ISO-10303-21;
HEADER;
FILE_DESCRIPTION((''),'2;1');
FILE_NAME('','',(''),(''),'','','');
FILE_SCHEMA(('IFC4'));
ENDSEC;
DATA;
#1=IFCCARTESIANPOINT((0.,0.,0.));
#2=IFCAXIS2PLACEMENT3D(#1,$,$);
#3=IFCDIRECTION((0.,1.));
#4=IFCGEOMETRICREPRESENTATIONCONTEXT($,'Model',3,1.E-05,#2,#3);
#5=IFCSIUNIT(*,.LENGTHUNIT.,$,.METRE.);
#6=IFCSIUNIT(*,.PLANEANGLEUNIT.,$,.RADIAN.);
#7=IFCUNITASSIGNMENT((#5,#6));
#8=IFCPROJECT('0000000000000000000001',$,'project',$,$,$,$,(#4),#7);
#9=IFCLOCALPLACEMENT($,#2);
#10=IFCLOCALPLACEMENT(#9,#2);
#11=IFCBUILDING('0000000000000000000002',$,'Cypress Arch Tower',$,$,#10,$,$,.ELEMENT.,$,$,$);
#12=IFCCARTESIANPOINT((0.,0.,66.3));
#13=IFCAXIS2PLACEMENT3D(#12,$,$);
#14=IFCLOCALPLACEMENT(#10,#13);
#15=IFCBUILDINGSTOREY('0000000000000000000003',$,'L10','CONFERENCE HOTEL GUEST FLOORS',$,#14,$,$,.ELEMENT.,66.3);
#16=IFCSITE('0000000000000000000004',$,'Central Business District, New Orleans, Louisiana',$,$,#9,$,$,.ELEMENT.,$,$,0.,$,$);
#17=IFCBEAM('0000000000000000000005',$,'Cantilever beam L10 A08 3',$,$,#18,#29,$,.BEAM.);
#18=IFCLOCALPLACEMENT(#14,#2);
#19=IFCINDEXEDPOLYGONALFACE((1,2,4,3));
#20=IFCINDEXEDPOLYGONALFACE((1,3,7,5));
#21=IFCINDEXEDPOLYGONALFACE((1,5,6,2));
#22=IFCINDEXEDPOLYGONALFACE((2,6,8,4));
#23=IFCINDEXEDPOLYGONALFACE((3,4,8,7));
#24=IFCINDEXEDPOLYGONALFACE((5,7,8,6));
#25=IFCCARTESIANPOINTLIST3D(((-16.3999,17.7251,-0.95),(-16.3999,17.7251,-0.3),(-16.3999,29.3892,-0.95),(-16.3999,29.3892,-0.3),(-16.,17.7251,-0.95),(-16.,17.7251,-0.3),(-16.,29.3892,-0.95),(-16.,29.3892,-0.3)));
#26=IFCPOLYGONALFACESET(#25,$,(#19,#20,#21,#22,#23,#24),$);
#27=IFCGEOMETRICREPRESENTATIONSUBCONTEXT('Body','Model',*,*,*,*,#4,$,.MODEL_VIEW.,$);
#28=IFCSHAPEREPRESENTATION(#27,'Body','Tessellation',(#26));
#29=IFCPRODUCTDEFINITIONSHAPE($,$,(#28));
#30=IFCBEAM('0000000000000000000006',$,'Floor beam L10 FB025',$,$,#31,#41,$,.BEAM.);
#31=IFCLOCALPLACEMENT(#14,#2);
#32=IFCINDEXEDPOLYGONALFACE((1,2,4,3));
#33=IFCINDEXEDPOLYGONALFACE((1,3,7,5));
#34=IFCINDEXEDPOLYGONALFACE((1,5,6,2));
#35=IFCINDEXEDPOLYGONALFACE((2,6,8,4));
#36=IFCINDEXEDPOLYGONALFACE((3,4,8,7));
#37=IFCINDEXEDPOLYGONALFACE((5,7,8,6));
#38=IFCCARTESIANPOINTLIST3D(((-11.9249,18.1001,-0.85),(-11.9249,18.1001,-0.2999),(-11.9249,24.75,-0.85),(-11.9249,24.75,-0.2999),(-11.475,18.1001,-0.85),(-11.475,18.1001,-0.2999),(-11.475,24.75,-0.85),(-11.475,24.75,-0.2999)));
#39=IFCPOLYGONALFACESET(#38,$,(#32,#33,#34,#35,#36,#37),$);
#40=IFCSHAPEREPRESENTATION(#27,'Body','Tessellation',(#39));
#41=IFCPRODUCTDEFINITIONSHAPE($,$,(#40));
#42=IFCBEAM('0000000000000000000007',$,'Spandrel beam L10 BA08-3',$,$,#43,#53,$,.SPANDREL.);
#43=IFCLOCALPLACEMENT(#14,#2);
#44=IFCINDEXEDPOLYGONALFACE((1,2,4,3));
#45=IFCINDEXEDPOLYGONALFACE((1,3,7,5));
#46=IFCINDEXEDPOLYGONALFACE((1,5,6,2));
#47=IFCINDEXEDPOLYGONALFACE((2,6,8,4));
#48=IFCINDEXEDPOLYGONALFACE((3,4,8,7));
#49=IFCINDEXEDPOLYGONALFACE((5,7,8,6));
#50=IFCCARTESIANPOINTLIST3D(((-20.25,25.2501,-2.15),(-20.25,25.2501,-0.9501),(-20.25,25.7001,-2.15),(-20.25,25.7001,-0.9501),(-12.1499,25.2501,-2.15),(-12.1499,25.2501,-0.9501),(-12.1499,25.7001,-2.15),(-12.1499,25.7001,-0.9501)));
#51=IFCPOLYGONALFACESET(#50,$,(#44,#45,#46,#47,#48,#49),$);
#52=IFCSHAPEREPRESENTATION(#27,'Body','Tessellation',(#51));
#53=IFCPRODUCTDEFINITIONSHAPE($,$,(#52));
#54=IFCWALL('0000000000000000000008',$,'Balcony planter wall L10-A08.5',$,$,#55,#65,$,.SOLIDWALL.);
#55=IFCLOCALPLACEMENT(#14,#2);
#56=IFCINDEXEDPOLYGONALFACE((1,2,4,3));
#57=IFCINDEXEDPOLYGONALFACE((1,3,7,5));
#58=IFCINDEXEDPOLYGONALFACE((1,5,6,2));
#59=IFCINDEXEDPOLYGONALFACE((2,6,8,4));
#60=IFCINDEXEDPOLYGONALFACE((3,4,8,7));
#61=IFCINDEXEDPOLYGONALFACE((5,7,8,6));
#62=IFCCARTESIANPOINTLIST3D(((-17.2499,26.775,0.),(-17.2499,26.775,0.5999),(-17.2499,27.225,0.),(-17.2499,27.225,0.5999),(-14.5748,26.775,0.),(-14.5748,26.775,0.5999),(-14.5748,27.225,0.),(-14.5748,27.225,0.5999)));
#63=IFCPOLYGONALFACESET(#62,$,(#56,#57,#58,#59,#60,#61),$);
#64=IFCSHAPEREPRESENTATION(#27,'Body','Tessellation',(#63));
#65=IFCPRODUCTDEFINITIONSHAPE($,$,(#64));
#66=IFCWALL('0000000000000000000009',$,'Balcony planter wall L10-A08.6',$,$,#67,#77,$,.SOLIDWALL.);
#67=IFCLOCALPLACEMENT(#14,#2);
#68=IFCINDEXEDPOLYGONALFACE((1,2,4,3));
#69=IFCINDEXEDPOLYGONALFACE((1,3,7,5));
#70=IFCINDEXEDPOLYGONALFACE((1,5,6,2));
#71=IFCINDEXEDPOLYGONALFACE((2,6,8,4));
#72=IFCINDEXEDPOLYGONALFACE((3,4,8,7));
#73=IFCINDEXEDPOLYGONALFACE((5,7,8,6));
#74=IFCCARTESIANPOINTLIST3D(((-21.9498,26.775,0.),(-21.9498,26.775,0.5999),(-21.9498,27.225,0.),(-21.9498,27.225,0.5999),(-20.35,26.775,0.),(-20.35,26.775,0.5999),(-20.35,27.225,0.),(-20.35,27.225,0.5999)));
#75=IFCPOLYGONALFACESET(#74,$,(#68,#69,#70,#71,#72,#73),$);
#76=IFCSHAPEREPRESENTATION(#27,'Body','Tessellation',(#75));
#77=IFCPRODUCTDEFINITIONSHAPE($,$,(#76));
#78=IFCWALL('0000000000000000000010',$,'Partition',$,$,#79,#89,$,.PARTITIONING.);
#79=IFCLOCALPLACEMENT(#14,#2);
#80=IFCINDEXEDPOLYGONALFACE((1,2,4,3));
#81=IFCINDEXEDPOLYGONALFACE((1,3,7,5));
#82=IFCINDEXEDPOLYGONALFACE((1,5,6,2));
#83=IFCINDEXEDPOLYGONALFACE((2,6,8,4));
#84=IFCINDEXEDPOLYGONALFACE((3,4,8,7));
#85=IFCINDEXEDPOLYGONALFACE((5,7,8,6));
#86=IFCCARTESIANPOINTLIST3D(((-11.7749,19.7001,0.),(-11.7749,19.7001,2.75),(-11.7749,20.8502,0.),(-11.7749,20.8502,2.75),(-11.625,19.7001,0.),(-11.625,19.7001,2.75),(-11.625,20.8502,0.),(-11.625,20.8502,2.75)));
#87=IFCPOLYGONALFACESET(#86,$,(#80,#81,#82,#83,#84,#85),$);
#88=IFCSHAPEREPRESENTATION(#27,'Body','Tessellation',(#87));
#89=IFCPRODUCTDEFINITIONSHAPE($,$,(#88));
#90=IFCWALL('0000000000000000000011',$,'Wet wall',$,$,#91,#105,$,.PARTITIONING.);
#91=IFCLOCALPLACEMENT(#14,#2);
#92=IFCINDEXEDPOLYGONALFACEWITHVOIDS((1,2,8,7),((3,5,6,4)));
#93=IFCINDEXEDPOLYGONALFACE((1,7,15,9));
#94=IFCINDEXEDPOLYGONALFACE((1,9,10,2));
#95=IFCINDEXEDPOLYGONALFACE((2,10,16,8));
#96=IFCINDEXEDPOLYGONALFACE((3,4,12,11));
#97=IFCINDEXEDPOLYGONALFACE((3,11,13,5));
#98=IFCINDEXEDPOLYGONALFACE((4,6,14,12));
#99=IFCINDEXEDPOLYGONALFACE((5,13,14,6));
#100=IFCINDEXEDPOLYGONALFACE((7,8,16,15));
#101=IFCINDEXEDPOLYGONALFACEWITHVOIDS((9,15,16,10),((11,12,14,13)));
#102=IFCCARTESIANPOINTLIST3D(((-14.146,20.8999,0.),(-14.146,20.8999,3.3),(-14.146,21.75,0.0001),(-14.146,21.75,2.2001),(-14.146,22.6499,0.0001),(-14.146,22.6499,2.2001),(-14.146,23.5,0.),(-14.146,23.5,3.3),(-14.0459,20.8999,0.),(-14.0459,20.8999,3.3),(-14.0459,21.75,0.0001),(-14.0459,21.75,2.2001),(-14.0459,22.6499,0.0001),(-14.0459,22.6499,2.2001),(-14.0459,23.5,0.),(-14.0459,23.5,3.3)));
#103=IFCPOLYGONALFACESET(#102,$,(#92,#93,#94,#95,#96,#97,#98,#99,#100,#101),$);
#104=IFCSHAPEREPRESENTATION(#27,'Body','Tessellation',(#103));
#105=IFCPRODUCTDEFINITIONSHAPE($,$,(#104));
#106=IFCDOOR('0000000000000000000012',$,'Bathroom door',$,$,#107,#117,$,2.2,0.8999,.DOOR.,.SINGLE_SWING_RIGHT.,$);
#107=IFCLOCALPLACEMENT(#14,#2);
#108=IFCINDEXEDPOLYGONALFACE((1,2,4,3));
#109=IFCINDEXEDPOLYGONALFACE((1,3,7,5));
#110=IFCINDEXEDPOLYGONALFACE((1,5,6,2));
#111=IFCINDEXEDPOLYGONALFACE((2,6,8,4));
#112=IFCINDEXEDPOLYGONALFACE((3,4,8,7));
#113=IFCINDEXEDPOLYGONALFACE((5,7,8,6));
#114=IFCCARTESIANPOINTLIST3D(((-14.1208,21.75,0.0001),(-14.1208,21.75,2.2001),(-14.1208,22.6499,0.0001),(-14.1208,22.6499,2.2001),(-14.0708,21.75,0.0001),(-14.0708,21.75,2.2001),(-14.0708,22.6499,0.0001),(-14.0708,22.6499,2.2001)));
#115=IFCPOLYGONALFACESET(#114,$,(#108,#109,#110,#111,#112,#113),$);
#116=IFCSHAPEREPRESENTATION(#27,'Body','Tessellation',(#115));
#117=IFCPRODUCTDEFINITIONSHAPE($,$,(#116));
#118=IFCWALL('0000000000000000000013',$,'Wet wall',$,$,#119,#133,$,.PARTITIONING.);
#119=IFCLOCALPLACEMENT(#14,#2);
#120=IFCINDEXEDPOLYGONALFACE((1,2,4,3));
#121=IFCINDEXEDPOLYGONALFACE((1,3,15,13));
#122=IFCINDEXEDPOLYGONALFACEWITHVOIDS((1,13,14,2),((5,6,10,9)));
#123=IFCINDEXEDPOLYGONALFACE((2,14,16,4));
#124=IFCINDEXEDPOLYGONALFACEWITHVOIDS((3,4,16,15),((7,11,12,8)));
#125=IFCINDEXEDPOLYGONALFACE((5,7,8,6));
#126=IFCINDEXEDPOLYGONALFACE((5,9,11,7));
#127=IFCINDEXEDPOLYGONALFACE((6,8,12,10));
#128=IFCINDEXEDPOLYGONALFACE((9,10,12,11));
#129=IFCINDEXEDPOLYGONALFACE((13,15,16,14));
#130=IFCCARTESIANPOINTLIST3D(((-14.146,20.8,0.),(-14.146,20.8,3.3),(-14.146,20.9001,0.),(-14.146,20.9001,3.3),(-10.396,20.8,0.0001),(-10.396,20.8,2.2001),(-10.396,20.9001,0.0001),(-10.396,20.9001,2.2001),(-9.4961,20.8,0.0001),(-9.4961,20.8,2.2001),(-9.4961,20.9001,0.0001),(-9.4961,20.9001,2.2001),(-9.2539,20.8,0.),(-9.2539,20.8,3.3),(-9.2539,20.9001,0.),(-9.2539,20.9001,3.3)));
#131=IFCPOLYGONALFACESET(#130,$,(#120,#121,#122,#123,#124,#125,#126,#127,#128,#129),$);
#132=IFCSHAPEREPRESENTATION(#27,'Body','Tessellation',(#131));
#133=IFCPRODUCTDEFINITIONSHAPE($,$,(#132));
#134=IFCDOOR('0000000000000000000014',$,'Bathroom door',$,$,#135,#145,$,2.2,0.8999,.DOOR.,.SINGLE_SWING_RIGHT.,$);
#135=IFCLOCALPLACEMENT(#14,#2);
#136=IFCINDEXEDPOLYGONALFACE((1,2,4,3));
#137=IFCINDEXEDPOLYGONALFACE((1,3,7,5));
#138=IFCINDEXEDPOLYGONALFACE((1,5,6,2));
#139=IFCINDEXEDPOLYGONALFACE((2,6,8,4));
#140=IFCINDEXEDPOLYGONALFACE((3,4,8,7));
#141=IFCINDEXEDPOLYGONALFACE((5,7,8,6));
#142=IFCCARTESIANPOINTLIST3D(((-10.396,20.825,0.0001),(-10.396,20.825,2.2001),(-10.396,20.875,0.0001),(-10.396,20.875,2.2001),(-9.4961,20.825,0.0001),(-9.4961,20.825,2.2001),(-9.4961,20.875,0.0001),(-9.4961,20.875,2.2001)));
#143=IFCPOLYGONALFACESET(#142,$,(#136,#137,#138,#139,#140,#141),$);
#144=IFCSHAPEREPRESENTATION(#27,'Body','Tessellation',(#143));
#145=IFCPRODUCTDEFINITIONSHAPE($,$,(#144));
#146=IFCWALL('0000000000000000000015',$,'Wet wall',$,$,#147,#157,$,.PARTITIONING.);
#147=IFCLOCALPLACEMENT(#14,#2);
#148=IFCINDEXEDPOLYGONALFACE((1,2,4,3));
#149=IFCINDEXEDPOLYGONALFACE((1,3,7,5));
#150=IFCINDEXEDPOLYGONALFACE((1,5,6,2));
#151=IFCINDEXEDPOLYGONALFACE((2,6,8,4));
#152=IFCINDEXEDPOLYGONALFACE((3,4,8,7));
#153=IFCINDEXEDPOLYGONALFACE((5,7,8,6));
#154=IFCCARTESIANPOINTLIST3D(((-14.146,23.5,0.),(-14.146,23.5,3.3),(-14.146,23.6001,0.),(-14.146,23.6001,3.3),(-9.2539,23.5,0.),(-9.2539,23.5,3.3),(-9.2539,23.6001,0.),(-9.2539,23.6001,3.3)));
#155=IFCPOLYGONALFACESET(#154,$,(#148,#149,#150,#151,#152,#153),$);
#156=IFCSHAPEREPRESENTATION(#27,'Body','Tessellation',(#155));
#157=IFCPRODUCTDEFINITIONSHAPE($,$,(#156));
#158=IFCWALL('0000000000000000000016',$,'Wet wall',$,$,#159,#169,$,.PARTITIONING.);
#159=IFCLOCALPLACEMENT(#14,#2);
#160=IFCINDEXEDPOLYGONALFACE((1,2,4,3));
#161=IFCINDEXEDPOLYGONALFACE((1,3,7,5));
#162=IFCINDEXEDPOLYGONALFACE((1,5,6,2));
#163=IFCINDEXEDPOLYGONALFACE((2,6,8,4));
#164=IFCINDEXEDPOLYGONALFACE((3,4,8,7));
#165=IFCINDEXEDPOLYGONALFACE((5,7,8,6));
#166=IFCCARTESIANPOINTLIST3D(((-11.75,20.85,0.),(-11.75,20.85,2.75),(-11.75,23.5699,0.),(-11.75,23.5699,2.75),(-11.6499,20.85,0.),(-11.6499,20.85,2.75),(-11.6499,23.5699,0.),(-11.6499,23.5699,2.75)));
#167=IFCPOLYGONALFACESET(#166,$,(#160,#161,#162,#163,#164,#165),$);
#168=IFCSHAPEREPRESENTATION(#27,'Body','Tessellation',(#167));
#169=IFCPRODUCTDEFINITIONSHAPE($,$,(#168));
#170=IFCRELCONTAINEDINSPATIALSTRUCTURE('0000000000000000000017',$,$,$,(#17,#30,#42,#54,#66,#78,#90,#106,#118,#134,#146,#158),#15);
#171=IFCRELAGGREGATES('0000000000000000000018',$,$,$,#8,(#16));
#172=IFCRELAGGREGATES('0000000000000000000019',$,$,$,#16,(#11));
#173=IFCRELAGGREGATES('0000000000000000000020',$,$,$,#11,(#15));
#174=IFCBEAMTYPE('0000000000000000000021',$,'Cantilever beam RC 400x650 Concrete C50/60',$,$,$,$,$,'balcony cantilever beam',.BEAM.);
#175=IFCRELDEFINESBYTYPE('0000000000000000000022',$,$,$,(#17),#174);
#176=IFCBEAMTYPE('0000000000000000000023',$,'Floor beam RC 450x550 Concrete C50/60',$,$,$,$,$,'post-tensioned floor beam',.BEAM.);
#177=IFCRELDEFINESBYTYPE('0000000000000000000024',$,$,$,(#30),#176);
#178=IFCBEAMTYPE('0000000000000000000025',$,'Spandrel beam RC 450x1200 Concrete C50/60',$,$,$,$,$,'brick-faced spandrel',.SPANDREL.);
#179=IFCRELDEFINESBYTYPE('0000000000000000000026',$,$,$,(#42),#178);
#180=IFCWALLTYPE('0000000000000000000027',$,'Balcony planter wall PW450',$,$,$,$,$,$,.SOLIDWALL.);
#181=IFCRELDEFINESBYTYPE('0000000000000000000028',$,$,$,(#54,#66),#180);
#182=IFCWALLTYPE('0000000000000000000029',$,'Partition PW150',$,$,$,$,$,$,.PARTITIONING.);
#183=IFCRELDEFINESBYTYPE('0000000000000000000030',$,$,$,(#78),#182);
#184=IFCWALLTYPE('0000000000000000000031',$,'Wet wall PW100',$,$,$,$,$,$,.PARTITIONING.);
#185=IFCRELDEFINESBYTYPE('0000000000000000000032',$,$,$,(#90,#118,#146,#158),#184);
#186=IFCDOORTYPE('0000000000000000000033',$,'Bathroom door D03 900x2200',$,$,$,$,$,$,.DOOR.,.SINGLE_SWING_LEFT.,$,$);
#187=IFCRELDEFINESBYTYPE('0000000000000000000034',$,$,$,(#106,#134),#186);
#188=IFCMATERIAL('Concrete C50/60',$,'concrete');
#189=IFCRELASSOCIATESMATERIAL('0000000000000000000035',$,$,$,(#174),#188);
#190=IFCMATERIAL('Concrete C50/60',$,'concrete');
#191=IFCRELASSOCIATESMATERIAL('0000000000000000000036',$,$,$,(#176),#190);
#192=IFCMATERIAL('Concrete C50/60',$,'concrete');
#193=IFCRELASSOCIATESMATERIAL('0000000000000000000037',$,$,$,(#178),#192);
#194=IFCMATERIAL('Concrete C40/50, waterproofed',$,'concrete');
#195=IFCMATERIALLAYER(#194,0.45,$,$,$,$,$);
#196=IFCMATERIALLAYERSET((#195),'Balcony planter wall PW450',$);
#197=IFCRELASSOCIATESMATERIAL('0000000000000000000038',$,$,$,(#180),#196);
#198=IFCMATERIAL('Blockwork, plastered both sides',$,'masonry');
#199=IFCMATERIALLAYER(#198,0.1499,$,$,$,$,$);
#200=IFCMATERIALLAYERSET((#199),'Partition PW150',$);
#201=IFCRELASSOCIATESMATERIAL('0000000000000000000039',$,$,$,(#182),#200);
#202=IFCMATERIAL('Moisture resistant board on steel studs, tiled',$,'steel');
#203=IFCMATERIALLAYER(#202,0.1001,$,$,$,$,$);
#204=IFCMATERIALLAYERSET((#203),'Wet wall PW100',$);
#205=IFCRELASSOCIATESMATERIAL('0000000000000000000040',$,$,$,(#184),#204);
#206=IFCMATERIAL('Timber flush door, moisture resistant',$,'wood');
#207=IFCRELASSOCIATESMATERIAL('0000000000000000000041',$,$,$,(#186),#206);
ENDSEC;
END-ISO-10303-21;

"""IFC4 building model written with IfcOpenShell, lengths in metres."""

from ifc_helpers import new_model, si_unit, direction, frame, frame_2d, origin, origin_2d, place, context, subcontext, project, spatial, rectangle, extrude, material, layer, layer_set, material_profile, profile_set, type_object, element, fill, save


model = new_model("IFC4")

# Units and contexts
model_context = context("Model", 3, precision=1e-05, world=origin(), true_north=direction((0.0, 1.0)))
body_context = subcontext(model_context, "Body", "Model", "MODEL_VIEW")
ifc_project = project(units=[si_unit("LENGTHUNIT", "METRE"), si_unit("PLANEANGLEUNIT", "RADIAN")], contexts=[model_context])

# Site, building, storey
site_placement = place(None, origin())
site = spatial("IfcSite", under=ifc_project, at=site_placement, Name="Central Business District, New Orleans, Louisiana", CompositionType="ELEMENT", RefElevation=0.0)
building_placement = place(site_placement, origin())
building = spatial("IfcBuilding", under=site, at=building_placement, Name="Cypress Arch Tower", CompositionType="ELEMENT")
storey_placement = place(building_placement, frame((0.0, 0.0, 66.3)))
storey = spatial("IfcBuildingStorey", under=building, at=storey_placement, Name="L10", Description="CONFERENCE HOTEL GUEST FLOORS", CompositionType="ELEMENT", Elevation=66.3)

# Beams
ifc_material_1 = material(Name="Concrete C50/60", Category="concrete")
ifc_material_profile_1 = material_profile(ifc_material_1, rectangle(XDim=0.3999, YDim=0.6499, at=origin_2d()), Name="RC 400x650")
ifc_profile_set_1 = profile_set([ifc_material_profile_1], Name="Concrete C50/60")
beam_type_1 = type_object("IfcBeamType", Name="Cantilever beam RC 400x650 Concrete C50/60", ElementType="balcony cantilever beam", PredefinedType="BEAM", material=ifc_profile_set_1)
beam_1_placement = place(storey_placement, frame((-16.2, 17.7251, -0.625), z_axis=(0.0, 1.0, 0.0), x_axis=(-1.0, 0.0, 0.0)))
element("IfcBeam", 1, at=beam_1_placement, inside=storey, type_object=beam_type_1, Name="Cantilever beam L10 A08 3", PredefinedType="BEAM", context=body_context, shape_type="SweptSolid", body=[
    extrude(rectangle(XDim=0.3999, YDim=0.6499, at=origin_2d()), origin(), (0.0, 0.0, 1.0), 11.6641),
])
ifc_material_2 = material(Name="Concrete C50/60", Category="concrete")
ifc_material_profile_2 = material_profile(ifc_material_2, rectangle(XDim=0.45, YDim=0.55, at=origin_2d()), Name="RC 450x550")
ifc_profile_set_2 = profile_set([ifc_material_profile_2], Name="Concrete C50/60")
beam_type_2 = type_object("IfcBeamType", Name="Floor beam RC 450x550 Concrete C50/60", ElementType="post-tensioned floor beam", PredefinedType="BEAM", material=ifc_profile_set_2)
beam_2_placement = place(storey_placement, frame((-11.7, 18.1001, -0.575), z_axis=(0.0, 1.0, 0.0), x_axis=(-1.0, 0.0, 0.0)))
element("IfcBeam", 2, at=beam_2_placement, inside=storey, type_object=beam_type_2, Name="Floor beam L10 FB025", PredefinedType="BEAM", context=body_context, shape_type="SweptSolid", body=[
    extrude(rectangle(XDim=0.45, YDim=0.55, at=origin_2d()), origin(), (0.0, 0.0, 1.0), 6.6499),
])
ifc_material_3 = material(Name="Concrete C50/60", Category="concrete")
ifc_material_profile_3 = material_profile(ifc_material_3, rectangle(XDim=0.45, YDim=1.2, at=origin_2d()), Name="RC 450x1200")
ifc_profile_set_3 = profile_set([ifc_material_profile_3], Name="Concrete C50/60")
beam_type_3 = type_object("IfcBeamType", Name="Spandrel beam RC 450x1200 Concrete C50/60", ElementType="brick-faced spandrel", PredefinedType="SPANDREL", material=ifc_profile_set_3)
beam_3_placement = place(storey_placement, frame((-12.1499, 25.4751, -1.55), z_axis=(-1.0, 0.0, 0.0), x_axis=(0.0, -1.0, 0.0)))
element("IfcBeam", 3, at=beam_3_placement, inside=storey, type_object=beam_type_3, Name="Spandrel beam L10 BA08-3", PredefinedType="SPANDREL", context=body_context, shape_type="SweptSolid", body=[
    extrude(rectangle(XDim=0.45, YDim=1.2, at=origin_2d()), origin(), (0.0, 0.0, 1.0), 8.1001),
])

# Walls
ifc_material_4 = material(Name="Concrete C40/50, waterproofed", Category="concrete")
ifc_layer_1 = layer(ifc_material_4, 0.45)
ifc_layer_set_1 = layer_set([ifc_layer_1], Name="Balcony planter wall PW450")
wall_type_1 = type_object("IfcWallType", Name="Balcony planter wall PW450", PredefinedType="SOLIDWALL", material=ifc_layer_set_1)
wall_1_placement = place(storey_placement, frame((-14.575, 27.0, 0.0), z_axis=(0.0, 0.0, 1.0), x_axis=(-1.0, 0.0, 0.0)))
element("IfcWall", 4, at=wall_1_placement, inside=storey, type_object=wall_type_1, Name="Balcony planter wall L10-A08.5", PredefinedType="SOLIDWALL", context=body_context, shape_type="SweptSolid", body=[
    extrude(rectangle(XDim=2.675, YDim=0.45, at=frame_2d((1.3374, 0.0))), origin(), (0.0, 0.0, 1.0), 0.5999),
])
wall_2_placement = place(storey_placement, frame((-20.3501, 27.0, 0.0), z_axis=(0.0, 0.0, 1.0), x_axis=(-1.0, 0.0, 0.0)))
element("IfcWall", 5, at=wall_2_placement, inside=storey, type_object=wall_type_1, Name="Balcony planter wall L10-A08.6", PredefinedType="SOLIDWALL", context=body_context, shape_type="SweptSolid", body=[
    extrude(rectangle(XDim=1.5999, YDim=0.45, at=frame_2d((0.7998, 0.0))), origin(), (0.0, 0.0, 1.0), 0.5999),
])

# Wall
ifc_material_5 = material(Name="Blockwork, plastered both sides", Category="masonry")
ifc_layer_2 = layer(ifc_material_5, 0.1499)
ifc_layer_set_2 = layer_set([ifc_layer_2], Name="Partition PW150")
wall_type_2 = type_object("IfcWallType", Name="Partition PW150", PredefinedType="PARTITIONING", material=ifc_layer_set_2)
wall_3_placement = place(storey_placement, frame((-11.7, 19.7, 0.0), z_axis=(0.0, 0.0, 1.0), x_axis=(0.0, 1.0, 0.0)))
element("IfcWall", 6, at=wall_3_placement, inside=storey, type_object=wall_type_2, Name="Partition", PredefinedType="PARTITIONING", context=body_context, shape_type="SweptSolid", body=[
    extrude(rectangle(XDim=1.1501, YDim=0.1499, at=frame_2d((0.5752, 0.0))), origin(), (0.0, 0.0, 1.0), 2.75),
])

# Walls, openings, doors
ifc_material_6 = material(Name="Moisture resistant board on steel studs, tiled", Category="steel")
ifc_layer_3 = layer(ifc_material_6, 0.1001)
ifc_layer_set_3 = layer_set([ifc_layer_3], Name="Wet wall PW100")
wall_type_3 = type_object("IfcWallType", Name="Wet wall PW100", PredefinedType="PARTITIONING", material=ifc_layer_set_3)
wall_4_placement = place(storey_placement, frame((-14.0959, 20.8999, 0.0), z_axis=(0.0, 0.0, 1.0), x_axis=(0.0, 1.0, 0.0)))
wall_4 = element("IfcWall", 7, at=wall_4_placement, inside=storey, type_object=wall_type_3, Name="Wet wall", PredefinedType="PARTITIONING", context=body_context, shape_type="SweptSolid", body=[
    extrude(rectangle(XDim=2.6001, YDim=0.1001, at=frame_2d((1.3, 0.0))), origin(), (0.0, 0.0, 1.0), 3.3),
])
opening_1_placement = place(wall_4_placement, frame((0.8501, 0.0, 0.0)))
opening_1 = element("IfcOpeningElement", 8, at=opening_1_placement, cuts=wall_4, PredefinedType="OPENING", context=body_context, shape_type="SweptSolid", body=[
    extrude(rectangle(XDim=0.8999, YDim=2.2, at=frame_2d((0.45, 1.1001))), frame((0.0, 0.0601, 0.0), z_axis=(0.0, -1.0, 0.0), x_axis=(1.0, 0.0, 0.0)), (0.0, 0.0, 1.0), 0.1201),
])
ifc_material_7 = material(Name="Timber flush door, moisture resistant", Category="wood")
door_type_1 = type_object("IfcDoorType", Name="Bathroom door D03 900x2200", OperationType="SINGLE_SWING_LEFT", PredefinedType="DOOR", material=ifc_material_7)
door_1_placement = place(opening_1_placement, origin())
door_1 = element("IfcDoor", 9, at=door_1_placement, inside=storey, type_object=door_type_1, Name="Bathroom door", OperationType="SINGLE_SWING_RIGHT", OverallHeight=2.2, OverallWidth=0.8999, PredefinedType="DOOR", context=body_context, shape_type="SweptSolid", body=[
    extrude(rectangle(XDim=0.8999, YDim=2.2, at=frame_2d((0.45, 1.1001))), frame((0.0, 0.0249, 0.0), z_axis=(0.0, -1.0, 0.0), x_axis=(1.0, 0.0, 0.0)), (0.0, 0.0, 1.0), 0.05),
])
fill(opening_1, door_1)
wall_5_placement = place(storey_placement, frame((-14.146, 20.8501, 0.0), z_axis=(0.0, 0.0, 1.0), x_axis=(1.0, 0.0, 0.0)))
wall_5 = element("IfcWall", 10, at=wall_5_placement, inside=storey, type_object=wall_type_3, Name="Wet wall", PredefinedType="PARTITIONING", context=body_context, shape_type="SweptSolid", body=[
    extrude(rectangle(XDim=4.8921, YDim=0.1001, at=frame_2d((2.446, 0.0))), origin(), (0.0, 0.0, 1.0), 3.3),
])
opening_2_placement = place(wall_5_placement, frame((3.75, 0.0, 0.0)))
opening_2 = element("IfcOpeningElement", 11, at=opening_2_placement, cuts=wall_5, PredefinedType="OPENING", context=body_context, shape_type="SweptSolid", body=[
    extrude(rectangle(XDim=0.8999, YDim=2.2, at=frame_2d((0.45, 1.1001))), frame((0.0, 0.0601, 0.0), z_axis=(0.0, -1.0, 0.0), x_axis=(1.0, 0.0, 0.0)), (0.0, 0.0, 1.0), 0.1201),
])
door_2_placement = place(opening_2_placement, origin())
door_2 = element("IfcDoor", 12, at=door_2_placement, inside=storey, type_object=door_type_1, Name="Bathroom door", OperationType="SINGLE_SWING_RIGHT", OverallHeight=2.2, OverallWidth=0.8999, PredefinedType="DOOR", context=body_context, shape_type="SweptSolid", body=[
    extrude(rectangle(XDim=0.8999, YDim=2.2, at=frame_2d((0.45, 1.1001))), frame((0.0, 0.0249, 0.0), z_axis=(0.0, -1.0, 0.0), x_axis=(1.0, 0.0, 0.0)), (0.0, 0.0, 1.0), 0.05),
])
fill(opening_2, door_2)

# Walls
wall_6_placement = place(storey_placement, frame((-14.146, 23.55, 0.0), z_axis=(0.0, 0.0, 1.0), x_axis=(1.0, 0.0, 0.0)))
element("IfcWall", 13, at=wall_6_placement, inside=storey, type_object=wall_type_3, Name="Wet wall", PredefinedType="PARTITIONING", context=body_context, shape_type="SweptSolid", body=[
    extrude(rectangle(XDim=4.8921, YDim=0.1001, at=frame_2d((2.446, 0.0))), origin(), (0.0, 0.0, 1.0), 3.3),
])
wall_7_placement = place(storey_placement, frame((-11.7, 20.8501, 0.0), z_axis=(0.0, 0.0, 1.0), x_axis=(0.0, 1.0, 0.0)))
element("IfcWall", 14, at=wall_7_placement, inside=storey, type_object=wall_type_3, Name="Wet wall", PredefinedType="PARTITIONING", context=body_context, shape_type="SweptSolid", body=[
    extrude(rectangle(XDim=2.72, YDim=0.1001, at=frame_2d((1.3599, 0.0))), origin(), (0.0, 0.0, 1.0), 2.75),
])

save(model, "model.ifc")
